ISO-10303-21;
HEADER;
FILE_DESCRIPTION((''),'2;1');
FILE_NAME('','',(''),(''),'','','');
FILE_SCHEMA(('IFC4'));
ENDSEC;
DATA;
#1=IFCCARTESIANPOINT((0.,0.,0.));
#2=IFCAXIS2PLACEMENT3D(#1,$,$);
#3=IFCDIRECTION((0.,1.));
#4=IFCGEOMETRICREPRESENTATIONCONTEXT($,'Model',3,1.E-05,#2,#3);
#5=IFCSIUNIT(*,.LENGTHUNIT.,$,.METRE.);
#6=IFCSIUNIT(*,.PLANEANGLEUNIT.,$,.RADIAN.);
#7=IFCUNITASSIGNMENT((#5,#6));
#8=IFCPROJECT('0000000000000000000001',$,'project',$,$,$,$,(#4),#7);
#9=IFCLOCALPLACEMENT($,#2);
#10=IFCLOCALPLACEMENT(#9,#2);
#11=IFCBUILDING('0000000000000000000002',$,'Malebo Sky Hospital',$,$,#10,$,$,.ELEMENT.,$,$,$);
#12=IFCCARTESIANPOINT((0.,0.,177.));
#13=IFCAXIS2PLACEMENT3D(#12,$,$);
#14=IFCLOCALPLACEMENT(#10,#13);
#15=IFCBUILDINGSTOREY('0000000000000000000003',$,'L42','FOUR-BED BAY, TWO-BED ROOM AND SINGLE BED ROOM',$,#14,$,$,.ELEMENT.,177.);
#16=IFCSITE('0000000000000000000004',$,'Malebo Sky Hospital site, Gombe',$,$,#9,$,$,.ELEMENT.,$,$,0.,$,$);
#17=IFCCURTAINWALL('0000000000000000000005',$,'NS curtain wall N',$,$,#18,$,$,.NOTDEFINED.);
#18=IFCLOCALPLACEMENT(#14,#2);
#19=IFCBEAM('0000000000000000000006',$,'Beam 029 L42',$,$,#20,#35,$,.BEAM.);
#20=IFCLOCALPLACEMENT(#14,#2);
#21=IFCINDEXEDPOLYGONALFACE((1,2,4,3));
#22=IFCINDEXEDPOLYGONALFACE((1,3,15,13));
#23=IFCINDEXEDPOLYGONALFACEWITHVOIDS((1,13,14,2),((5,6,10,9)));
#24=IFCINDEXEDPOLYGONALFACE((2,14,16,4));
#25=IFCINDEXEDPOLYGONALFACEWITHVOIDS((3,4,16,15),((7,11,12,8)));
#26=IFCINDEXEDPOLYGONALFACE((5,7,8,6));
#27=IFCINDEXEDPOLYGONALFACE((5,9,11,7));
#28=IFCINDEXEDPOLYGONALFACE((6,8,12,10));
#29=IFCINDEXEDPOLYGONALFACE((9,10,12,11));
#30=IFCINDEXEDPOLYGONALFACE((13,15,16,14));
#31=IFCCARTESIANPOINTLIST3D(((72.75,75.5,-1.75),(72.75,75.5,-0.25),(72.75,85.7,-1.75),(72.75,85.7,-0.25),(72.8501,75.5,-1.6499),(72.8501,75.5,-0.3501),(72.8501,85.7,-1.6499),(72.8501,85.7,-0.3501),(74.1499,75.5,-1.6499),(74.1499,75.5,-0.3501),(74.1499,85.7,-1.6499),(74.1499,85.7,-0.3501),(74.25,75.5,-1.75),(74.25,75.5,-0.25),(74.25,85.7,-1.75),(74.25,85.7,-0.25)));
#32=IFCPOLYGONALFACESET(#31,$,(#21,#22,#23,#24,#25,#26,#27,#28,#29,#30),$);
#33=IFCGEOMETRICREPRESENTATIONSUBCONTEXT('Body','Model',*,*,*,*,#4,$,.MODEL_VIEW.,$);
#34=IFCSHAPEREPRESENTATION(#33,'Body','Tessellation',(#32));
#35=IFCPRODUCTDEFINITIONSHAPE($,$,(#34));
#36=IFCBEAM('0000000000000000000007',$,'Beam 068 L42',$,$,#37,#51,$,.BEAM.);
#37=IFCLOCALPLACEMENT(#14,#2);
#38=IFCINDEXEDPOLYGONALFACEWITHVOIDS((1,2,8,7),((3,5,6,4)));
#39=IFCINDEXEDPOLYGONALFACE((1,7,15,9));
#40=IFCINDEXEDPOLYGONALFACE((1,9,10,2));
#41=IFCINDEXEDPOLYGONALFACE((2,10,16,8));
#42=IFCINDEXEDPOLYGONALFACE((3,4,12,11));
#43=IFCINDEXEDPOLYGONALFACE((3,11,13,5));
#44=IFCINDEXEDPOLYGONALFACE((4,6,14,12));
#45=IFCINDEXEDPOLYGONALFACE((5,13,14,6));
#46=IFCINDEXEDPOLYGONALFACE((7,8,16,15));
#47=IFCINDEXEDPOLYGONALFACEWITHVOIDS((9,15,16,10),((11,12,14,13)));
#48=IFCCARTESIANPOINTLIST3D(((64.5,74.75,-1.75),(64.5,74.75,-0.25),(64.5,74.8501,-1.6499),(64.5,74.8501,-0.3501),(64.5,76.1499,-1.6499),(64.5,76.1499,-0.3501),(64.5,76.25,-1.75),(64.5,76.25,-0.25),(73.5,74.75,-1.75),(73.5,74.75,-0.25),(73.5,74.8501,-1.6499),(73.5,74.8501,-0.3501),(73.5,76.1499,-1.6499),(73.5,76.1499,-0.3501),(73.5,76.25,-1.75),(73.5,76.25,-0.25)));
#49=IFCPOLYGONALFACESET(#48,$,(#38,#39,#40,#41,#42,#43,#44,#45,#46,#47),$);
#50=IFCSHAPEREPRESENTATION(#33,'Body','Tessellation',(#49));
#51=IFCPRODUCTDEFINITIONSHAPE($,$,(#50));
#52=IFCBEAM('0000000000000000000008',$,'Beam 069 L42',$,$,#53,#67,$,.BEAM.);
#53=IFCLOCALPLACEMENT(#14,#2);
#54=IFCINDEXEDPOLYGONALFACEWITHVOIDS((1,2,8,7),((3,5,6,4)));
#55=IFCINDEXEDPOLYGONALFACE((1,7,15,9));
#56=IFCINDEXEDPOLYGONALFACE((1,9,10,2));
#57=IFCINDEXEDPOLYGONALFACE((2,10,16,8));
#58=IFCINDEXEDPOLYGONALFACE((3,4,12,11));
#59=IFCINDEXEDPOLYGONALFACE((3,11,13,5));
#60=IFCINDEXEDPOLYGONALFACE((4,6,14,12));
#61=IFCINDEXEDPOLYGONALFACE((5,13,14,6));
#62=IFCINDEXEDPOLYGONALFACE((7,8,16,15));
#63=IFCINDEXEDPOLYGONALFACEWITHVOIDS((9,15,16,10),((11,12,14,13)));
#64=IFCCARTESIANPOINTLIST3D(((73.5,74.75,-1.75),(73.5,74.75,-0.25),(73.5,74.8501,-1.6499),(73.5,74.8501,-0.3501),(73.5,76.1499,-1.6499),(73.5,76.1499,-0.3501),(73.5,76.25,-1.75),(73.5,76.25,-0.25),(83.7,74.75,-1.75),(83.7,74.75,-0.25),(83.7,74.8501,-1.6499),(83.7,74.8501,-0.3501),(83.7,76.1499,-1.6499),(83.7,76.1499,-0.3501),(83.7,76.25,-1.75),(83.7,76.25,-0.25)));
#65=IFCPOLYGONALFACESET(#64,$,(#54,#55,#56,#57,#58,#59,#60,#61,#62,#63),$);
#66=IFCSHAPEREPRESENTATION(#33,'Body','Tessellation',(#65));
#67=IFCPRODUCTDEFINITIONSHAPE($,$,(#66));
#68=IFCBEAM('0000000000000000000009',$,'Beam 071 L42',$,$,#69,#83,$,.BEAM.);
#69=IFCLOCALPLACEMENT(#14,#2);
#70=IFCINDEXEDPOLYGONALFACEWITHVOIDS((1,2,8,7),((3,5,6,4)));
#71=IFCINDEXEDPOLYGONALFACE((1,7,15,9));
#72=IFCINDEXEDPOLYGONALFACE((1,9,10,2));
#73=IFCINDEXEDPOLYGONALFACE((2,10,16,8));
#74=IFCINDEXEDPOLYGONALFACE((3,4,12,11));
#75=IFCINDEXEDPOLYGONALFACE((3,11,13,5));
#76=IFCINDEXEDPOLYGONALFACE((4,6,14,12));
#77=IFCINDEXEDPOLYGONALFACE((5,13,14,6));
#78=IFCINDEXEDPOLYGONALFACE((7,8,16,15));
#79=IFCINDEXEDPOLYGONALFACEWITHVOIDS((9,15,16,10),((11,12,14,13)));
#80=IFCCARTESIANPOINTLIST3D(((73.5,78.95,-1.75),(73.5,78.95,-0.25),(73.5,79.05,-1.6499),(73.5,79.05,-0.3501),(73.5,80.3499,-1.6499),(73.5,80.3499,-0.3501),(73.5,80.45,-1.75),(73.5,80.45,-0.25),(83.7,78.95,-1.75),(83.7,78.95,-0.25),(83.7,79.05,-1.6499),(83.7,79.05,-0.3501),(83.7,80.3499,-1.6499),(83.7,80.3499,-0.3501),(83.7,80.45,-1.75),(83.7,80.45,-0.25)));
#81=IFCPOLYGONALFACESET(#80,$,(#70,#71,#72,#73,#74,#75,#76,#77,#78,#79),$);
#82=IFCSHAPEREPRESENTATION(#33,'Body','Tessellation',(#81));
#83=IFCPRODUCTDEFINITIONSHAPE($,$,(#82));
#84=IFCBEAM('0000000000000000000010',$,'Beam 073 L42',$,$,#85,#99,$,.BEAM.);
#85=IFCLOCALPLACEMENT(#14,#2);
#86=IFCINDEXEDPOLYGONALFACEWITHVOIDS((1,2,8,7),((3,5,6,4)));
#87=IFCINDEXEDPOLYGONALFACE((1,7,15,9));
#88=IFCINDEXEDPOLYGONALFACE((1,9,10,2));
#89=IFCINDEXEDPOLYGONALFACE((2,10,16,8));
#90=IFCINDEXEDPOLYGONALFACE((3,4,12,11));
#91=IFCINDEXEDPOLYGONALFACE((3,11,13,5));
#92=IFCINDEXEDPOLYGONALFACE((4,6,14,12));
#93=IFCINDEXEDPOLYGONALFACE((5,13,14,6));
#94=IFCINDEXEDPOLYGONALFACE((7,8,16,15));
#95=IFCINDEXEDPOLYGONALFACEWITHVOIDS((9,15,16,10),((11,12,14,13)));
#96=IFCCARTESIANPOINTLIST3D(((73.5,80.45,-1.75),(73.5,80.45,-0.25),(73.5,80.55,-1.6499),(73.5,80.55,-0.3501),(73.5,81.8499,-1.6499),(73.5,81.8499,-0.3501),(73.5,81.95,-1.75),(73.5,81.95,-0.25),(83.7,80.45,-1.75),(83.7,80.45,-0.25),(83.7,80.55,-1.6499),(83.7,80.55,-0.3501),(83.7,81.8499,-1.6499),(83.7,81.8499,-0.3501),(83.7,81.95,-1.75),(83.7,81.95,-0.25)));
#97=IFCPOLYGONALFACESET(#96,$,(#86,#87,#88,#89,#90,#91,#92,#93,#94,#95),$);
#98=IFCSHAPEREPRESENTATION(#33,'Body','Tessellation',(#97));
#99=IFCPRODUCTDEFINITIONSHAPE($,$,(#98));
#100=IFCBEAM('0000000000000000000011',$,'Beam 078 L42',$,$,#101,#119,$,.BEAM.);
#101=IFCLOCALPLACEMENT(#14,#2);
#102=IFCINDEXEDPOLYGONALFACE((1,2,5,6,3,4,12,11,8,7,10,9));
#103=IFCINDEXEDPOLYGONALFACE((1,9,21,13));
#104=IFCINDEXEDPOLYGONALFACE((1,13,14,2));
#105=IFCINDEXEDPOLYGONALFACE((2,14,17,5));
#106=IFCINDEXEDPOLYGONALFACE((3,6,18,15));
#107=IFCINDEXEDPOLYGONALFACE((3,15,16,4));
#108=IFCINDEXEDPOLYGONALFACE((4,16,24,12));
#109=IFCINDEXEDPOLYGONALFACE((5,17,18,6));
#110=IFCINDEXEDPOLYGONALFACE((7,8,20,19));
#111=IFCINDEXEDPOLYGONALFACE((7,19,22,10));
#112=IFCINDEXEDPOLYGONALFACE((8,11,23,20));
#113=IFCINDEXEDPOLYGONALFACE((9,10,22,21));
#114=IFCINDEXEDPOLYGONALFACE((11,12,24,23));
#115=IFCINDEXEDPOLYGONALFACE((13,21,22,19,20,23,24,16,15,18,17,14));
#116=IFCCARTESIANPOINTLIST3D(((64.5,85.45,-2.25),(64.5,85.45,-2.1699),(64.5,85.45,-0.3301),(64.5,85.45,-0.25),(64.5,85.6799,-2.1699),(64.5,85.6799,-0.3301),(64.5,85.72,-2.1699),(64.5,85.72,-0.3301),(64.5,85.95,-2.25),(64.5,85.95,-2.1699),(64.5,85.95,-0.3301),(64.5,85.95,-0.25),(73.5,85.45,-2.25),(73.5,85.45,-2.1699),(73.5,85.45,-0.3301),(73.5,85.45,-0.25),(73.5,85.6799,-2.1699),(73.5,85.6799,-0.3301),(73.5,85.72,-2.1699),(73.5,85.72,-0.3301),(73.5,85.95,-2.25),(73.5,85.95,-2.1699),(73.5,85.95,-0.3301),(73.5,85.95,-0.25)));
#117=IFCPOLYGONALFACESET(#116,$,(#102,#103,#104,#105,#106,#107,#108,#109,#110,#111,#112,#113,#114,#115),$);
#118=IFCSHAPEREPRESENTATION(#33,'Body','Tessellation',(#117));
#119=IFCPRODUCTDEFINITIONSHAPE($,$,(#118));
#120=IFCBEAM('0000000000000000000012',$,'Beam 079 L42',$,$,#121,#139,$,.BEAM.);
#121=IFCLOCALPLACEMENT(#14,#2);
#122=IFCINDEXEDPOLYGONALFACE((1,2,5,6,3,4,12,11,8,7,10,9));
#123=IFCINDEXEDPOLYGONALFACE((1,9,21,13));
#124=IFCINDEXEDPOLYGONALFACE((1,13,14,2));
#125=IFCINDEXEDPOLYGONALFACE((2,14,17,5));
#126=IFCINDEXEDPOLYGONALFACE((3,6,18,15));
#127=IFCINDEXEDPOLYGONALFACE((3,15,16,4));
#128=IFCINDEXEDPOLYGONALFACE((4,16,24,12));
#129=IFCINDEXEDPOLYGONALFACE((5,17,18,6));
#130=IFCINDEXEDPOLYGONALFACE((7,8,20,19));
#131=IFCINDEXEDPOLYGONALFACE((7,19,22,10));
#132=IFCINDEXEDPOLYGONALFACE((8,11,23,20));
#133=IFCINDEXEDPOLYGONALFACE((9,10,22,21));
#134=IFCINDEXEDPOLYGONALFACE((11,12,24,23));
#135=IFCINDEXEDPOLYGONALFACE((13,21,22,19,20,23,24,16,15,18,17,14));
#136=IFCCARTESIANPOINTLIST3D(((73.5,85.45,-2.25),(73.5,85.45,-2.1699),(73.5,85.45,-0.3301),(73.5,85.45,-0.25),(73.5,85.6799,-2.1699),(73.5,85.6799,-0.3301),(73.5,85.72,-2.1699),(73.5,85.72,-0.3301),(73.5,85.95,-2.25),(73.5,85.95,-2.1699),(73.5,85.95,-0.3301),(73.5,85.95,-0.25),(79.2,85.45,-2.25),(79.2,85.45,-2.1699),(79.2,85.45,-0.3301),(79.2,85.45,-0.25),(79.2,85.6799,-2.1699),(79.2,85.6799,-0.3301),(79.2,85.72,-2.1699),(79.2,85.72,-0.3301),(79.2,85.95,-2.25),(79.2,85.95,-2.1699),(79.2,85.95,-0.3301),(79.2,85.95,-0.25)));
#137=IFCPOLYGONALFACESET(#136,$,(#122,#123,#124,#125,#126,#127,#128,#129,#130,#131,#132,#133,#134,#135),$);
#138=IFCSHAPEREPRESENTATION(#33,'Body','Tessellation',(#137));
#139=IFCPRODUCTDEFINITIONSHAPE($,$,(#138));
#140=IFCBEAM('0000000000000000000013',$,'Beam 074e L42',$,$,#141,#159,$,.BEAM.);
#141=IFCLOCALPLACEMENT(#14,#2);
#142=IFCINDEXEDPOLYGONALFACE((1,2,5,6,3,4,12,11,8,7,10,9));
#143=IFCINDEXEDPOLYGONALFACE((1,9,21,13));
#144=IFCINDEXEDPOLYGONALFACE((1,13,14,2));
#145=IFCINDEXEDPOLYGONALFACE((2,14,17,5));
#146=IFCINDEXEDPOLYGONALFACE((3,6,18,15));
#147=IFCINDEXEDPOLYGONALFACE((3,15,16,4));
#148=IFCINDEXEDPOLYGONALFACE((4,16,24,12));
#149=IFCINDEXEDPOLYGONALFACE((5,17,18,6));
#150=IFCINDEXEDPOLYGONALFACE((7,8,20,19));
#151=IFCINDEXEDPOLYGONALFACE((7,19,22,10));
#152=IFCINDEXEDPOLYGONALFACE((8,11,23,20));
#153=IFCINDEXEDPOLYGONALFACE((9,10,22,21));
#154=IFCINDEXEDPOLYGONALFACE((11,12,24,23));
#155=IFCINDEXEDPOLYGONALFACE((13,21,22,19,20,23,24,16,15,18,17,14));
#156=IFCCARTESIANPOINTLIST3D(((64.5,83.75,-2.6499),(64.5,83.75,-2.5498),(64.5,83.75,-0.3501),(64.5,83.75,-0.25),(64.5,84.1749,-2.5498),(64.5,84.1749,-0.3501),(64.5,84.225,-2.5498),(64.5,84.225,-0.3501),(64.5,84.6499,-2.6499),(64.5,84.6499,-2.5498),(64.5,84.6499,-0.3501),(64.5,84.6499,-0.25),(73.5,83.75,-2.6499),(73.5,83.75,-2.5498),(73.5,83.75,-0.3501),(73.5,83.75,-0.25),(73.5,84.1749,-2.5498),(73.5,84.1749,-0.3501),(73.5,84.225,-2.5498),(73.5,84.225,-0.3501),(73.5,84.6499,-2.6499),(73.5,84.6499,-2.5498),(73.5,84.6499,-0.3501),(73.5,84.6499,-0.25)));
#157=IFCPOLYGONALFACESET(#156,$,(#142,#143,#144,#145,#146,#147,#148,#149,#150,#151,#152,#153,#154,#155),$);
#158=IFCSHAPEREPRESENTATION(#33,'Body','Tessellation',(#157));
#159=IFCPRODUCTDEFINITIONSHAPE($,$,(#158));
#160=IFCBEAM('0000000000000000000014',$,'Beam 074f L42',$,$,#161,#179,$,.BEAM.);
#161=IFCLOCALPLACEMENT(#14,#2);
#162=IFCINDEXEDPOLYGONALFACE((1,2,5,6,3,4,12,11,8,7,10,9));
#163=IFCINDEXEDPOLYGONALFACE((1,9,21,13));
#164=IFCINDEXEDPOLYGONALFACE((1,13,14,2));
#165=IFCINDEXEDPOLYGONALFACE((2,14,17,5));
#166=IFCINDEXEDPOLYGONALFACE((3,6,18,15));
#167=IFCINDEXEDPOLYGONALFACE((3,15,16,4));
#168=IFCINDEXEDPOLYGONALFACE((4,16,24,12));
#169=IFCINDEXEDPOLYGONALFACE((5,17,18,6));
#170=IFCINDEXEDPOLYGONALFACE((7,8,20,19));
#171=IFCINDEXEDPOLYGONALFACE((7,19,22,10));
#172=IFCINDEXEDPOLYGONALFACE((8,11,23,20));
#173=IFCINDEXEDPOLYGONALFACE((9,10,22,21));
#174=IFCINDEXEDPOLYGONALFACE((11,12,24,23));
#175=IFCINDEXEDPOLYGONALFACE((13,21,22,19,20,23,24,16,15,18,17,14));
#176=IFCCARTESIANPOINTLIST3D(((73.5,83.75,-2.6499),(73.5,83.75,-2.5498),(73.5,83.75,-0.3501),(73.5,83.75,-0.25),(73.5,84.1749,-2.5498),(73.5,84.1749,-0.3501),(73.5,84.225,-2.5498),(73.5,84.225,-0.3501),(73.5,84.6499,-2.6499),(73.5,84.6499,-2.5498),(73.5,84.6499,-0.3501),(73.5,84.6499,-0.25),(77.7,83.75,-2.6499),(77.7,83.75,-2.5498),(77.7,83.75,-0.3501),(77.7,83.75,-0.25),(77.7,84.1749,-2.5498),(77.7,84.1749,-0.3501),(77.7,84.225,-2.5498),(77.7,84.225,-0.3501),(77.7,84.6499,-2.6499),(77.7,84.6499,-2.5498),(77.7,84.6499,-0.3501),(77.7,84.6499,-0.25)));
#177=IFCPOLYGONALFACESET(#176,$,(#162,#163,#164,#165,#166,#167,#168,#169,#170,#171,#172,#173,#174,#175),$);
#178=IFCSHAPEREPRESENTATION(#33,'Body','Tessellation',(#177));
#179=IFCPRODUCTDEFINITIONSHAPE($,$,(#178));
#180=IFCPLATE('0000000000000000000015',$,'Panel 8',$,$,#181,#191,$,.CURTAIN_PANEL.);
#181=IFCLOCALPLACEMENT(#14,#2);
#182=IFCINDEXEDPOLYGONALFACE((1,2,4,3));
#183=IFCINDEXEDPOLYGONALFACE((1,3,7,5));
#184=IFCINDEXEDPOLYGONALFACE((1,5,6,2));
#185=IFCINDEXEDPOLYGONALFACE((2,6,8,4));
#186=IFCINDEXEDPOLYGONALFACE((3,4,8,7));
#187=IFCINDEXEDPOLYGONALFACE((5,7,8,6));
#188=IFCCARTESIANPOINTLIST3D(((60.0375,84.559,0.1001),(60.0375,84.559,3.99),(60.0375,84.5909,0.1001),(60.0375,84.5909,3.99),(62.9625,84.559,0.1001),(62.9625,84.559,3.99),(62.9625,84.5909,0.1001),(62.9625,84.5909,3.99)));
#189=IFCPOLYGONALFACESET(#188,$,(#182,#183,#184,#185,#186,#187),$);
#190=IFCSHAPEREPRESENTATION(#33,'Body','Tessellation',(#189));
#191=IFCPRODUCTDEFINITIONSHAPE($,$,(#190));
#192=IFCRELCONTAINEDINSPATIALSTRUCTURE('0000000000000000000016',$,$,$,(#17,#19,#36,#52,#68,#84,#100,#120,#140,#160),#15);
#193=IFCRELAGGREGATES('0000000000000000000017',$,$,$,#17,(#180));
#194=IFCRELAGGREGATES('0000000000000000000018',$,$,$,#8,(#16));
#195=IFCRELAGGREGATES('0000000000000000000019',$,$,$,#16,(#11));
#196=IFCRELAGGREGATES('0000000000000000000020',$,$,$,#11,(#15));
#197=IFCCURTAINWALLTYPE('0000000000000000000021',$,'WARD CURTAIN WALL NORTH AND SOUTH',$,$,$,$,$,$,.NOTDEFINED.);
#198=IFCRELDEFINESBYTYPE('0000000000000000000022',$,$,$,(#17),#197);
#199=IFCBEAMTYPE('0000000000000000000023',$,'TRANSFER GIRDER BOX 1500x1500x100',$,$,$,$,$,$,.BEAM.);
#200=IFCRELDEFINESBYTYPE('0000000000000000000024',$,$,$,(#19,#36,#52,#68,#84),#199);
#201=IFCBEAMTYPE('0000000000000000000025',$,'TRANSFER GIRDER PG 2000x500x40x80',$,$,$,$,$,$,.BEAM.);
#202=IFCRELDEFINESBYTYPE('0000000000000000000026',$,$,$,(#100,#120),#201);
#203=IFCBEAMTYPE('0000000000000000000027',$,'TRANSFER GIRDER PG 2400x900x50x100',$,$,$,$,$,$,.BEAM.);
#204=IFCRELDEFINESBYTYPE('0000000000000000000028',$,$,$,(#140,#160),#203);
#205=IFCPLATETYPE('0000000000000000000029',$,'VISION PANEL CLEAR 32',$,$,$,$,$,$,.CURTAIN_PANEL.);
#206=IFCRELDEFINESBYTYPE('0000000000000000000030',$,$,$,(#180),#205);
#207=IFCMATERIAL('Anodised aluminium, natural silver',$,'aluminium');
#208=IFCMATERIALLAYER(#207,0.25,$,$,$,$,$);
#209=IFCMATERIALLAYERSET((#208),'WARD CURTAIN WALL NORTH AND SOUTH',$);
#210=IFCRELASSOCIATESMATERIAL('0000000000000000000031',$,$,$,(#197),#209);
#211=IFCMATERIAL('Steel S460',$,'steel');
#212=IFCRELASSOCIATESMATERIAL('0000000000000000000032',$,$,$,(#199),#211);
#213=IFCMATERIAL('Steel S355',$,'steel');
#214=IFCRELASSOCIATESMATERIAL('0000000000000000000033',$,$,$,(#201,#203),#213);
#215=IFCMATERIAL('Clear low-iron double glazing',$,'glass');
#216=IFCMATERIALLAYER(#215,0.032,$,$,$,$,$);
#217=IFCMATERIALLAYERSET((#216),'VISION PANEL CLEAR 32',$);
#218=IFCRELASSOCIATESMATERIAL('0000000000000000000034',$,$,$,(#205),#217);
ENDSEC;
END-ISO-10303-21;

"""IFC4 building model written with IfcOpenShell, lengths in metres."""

from ifc_helpers import new_model, si_unit, direction, frame, origin, origin_2d, place, context, subcontext, project, spatial, rectangle, hollow_rectangle, i_section, extrude, material, layer, layer_set, material_profile, profile_set, type_object, element, aggregate, save


model = new_model("IFC4")

# Units and contexts
model_context = context("Model", 3, precision=1e-05, world=origin(), true_north=direction((0.0, 1.0)))
body_context = subcontext(model_context, "Body", "Model", "MODEL_VIEW")
ifc_project = project(units=[si_unit("LENGTHUNIT", "METRE"), si_unit("PLANEANGLEUNIT", "RADIAN")], contexts=[model_context])

# Site, building, storey
site_placement = place(None, origin())
site = spatial("IfcSite", under=ifc_project, at=site_placement, Name="Malebo Sky Hospital site, Gombe", CompositionType="ELEMENT", RefElevation=0.0)
building_placement = place(site_placement, origin())
building = spatial("IfcBuilding", under=site, at=building_placement, Name="Malebo Sky Hospital", CompositionType="ELEMENT")
storey_placement = place(building_placement, frame((0.0, 0.0, 177.0)))
storey = spatial("IfcBuildingStorey", under=building, at=storey_placement, Name="L42", Description="FOUR-BED BAY, TWO-BED ROOM AND SINGLE BED ROOM", CompositionType="ELEMENT", Elevation=177.0)

# Shared definitions
ifc_material_1 = material(Name="Steel S460", Category="steel")

# Curtain wall
ifc_material_2 = material(Name="Anodised aluminium, natural silver", Category="aluminium")
ifc_layer_1 = layer(ifc_material_2, 0.25)
ifc_layer_set_1 = layer_set([ifc_layer_1], Name="WARD CURTAIN WALL NORTH AND SOUTH")
curtain_wall_type = type_object("IfcCurtainWallType", Name="WARD CURTAIN WALL NORTH AND SOUTH", PredefinedType="NOTDEFINED", material=ifc_layer_set_1)
curtain_wall_placement = place(storey_placement, origin())
curtain_wall = element("IfcCurtainWall", 1, at=curtain_wall_placement, inside=storey, type_object=curtain_wall_type, Name="NS curtain wall N", PredefinedType="NOTDEFINED")

# Beams
ifc_material_profile_1 = material_profile(ifc_material_1, hollow_rectangle(XDim=1.5, YDim=1.5, WallThickness=0.1001, at=origin_2d()), Name="BOX 1500x1500x100")
ifc_profile_set_1 = profile_set([ifc_material_profile_1], Name="Steel S460")
beam_type_1 = type_object("IfcBeamType", Name="TRANSFER GIRDER BOX 1500x1500x100", PredefinedType="BEAM", material=ifc_profile_set_1)
beam_1_placement = place(storey_placement, frame((73.5, 75.5, -1.0), z_axis=(0.0, 1.0, 0.0), x_axis=(-1.0, 0.0, 0.0)))
element("IfcBeam", 2, at=beam_1_placement, inside=storey, type_object=beam_type_1, Name="Beam 029 L42", PredefinedType="BEAM", context=body_context, shape_type="SweptSolid", body=[
    extrude(hollow_rectangle(XDim=1.5, YDim=1.5, WallThickness=0.1001, at=origin_2d()), origin(), (0.0, 0.0, 1.0), 10.2),
])
beam_2_placement = place(storey_placement, frame((64.5, 75.5, -1.0), z_axis=(1.0, 0.0, 0.0), x_axis=(0.0, 1.0, 0.0)))
element("IfcBeam", 3, at=beam_2_placement, inside=storey, type_object=beam_type_1, Name="Beam 068 L42", PredefinedType="BEAM", context=body_context, shape_type="SweptSolid", body=[
    extrude(hollow_rectangle(XDim=1.5, YDim=1.5, WallThickness=0.1001, at=origin_2d()), origin(), (0.0, 0.0, 1.0), 9.0),
])
for number, where, z_axis, x_axis, name in (
    (4, (73.5, 75.5, -1.0), (1.0, 0.0, 0.0), (0.0, 1.0, 0.0), "Beam 069 L42"),
    (5, (73.5, 79.7, -1.0), (1.0, 0.0, 0.0), (0.0, 1.0, 0.0), "Beam 071 L42"),
    (6, (73.5, 81.2, -1.0), (1.0, 0.0, 0.0), (0.0, 1.0, 0.0), "Beam 073 L42"),
):
    element("IfcBeam", number, at=place(storey_placement, frame(where, z_axis=z_axis, x_axis=x_axis)), inside=storey, type_object=beam_type_1, Name=name, PredefinedType="BEAM", context=body_context, shape_type="SweptSolid", body=[
        extrude(hollow_rectangle(XDim=1.5, YDim=1.5, WallThickness=0.1001, at=origin_2d()), origin(), (0.0, 0.0, 1.0), 10.2),
    ])
ifc_material_3 = material(Name="Steel S355", Category="steel")
ifc_material_profile_2 = material_profile(ifc_material_3, i_section(OverallWidth=0.5, OverallDepth=2.0, WebThickness=0.04, FlangeThickness=0.0801, at=origin_2d()), Name="PG 2000x500x40x80")
ifc_profile_set_2 = profile_set([ifc_material_profile_2], Name="Steel S355")
beam_type_2 = type_object("IfcBeamType", Name="TRANSFER GIRDER PG 2000x500x40x80", PredefinedType="BEAM", material=ifc_profile_set_2)
beam_3_placement = place(storey_placement, frame((64.5, 85.7, -1.25), z_axis=(1.0, 0.0, 0.0), x_axis=(0.0, 1.0, 0.0)))
element("IfcBeam", 7, at=beam_3_placement, inside=storey, type_object=beam_type_2, Name="Beam 078 L42", PredefinedType="BEAM", context=body_context, shape_type="SweptSolid", body=[
    extrude(i_section(OverallWidth=0.5, OverallDepth=2.0, WebThickness=0.04, FlangeThickness=0.0801, at=origin_2d()), origin(), (0.0, 0.0, 1.0), 9.0),
])
beam_4_placement = place(storey_placement, frame((73.5, 85.7, -1.25), z_axis=(1.0, 0.0, 0.0), x_axis=(0.0, 1.0, 0.0)))
element("IfcBeam", 8, at=beam_4_placement, inside=storey, type_object=beam_type_2, Name="Beam 079 L42", PredefinedType="BEAM", context=body_context, shape_type="SweptSolid", body=[
    extrude(i_section(OverallWidth=0.5, OverallDepth=2.0, WebThickness=0.04, FlangeThickness=0.0801, at=origin_2d()), origin(), (0.0, 0.0, 1.0), 5.7),
])
ifc_material_profile_3 = material_profile(ifc_material_3, i_section(OverallWidth=0.8999, OverallDepth=2.3999, WebThickness=0.05, FlangeThickness=0.1001, at=origin_2d()), Name="PG 2400x900x50x100")
ifc_profile_set_3 = profile_set([ifc_material_profile_3], Name="Steel S355")
beam_type_3 = type_object("IfcBeamType", Name="TRANSFER GIRDER PG 2400x900x50x100", PredefinedType="BEAM", material=ifc_profile_set_3)
beam_5_placement = place(storey_placement, frame((64.5, 84.2, -1.45), z_axis=(1.0, 0.0, 0.0), x_axis=(0.0, 1.0, 0.0)))
element("IfcBeam", 9, at=beam_5_placement, inside=storey, type_object=beam_type_3, Name="Beam 074e L42", PredefinedType="BEAM", context=body_context, shape_type="SweptSolid", body=[
    extrude(i_section(OverallWidth=0.8999, OverallDepth=2.3999, WebThickness=0.05, FlangeThickness=0.1001, at=origin_2d()), origin(), (0.0, 0.0, 1.0), 9.0),
])
beam_6_placement = place(storey_placement, frame((73.5, 84.2, -1.45), z_axis=(1.0, 0.0, 0.0), x_axis=(0.0, 1.0, 0.0)))
element("IfcBeam", 10, at=beam_6_placement, inside=storey, type_object=beam_type_3, Name="Beam 074f L42", PredefinedType="BEAM", context=body_context, shape_type="SweptSolid", body=[
    extrude(i_section(OverallWidth=0.8999, OverallDepth=2.3999, WebThickness=0.05, FlangeThickness=0.1001, at=origin_2d()), origin(), (0.0, 0.0, 1.0), 4.2),
])

# Plate
ifc_material_4 = material(Name="Clear low-iron double glazing", Category="glass")
ifc_layer_2 = layer(ifc_material_4, 0.032)
ifc_layer_set_2 = layer_set([ifc_layer_2], Name="VISION PANEL CLEAR 32")
plate_type = type_object("IfcPlateType", Name="VISION PANEL CLEAR 32", PredefinedType="CURTAIN_PANEL", material=ifc_layer_set_2)
plate_1_placement = place(storey_placement, frame((61.5, 84.575, 0.1001), z_axis=(0.0, 0.0, 1.0), x_axis=(1.0, 0.0, 0.0)))
plate_1 = element("IfcPlate", 11, at=plate_1_placement, type_object=plate_type, Name="Panel 8", PredefinedType="CURTAIN_PANEL", context=body_context, shape_type="SweptSolid", body=[
    extrude(rectangle(XDim=2.925, YDim=0.032, at=origin_2d()), origin(), (0.0, 0.0, 1.0), 3.8899),
])
aggregate(curtain_wall, [plate_1])

save(model, "model.ifc")
